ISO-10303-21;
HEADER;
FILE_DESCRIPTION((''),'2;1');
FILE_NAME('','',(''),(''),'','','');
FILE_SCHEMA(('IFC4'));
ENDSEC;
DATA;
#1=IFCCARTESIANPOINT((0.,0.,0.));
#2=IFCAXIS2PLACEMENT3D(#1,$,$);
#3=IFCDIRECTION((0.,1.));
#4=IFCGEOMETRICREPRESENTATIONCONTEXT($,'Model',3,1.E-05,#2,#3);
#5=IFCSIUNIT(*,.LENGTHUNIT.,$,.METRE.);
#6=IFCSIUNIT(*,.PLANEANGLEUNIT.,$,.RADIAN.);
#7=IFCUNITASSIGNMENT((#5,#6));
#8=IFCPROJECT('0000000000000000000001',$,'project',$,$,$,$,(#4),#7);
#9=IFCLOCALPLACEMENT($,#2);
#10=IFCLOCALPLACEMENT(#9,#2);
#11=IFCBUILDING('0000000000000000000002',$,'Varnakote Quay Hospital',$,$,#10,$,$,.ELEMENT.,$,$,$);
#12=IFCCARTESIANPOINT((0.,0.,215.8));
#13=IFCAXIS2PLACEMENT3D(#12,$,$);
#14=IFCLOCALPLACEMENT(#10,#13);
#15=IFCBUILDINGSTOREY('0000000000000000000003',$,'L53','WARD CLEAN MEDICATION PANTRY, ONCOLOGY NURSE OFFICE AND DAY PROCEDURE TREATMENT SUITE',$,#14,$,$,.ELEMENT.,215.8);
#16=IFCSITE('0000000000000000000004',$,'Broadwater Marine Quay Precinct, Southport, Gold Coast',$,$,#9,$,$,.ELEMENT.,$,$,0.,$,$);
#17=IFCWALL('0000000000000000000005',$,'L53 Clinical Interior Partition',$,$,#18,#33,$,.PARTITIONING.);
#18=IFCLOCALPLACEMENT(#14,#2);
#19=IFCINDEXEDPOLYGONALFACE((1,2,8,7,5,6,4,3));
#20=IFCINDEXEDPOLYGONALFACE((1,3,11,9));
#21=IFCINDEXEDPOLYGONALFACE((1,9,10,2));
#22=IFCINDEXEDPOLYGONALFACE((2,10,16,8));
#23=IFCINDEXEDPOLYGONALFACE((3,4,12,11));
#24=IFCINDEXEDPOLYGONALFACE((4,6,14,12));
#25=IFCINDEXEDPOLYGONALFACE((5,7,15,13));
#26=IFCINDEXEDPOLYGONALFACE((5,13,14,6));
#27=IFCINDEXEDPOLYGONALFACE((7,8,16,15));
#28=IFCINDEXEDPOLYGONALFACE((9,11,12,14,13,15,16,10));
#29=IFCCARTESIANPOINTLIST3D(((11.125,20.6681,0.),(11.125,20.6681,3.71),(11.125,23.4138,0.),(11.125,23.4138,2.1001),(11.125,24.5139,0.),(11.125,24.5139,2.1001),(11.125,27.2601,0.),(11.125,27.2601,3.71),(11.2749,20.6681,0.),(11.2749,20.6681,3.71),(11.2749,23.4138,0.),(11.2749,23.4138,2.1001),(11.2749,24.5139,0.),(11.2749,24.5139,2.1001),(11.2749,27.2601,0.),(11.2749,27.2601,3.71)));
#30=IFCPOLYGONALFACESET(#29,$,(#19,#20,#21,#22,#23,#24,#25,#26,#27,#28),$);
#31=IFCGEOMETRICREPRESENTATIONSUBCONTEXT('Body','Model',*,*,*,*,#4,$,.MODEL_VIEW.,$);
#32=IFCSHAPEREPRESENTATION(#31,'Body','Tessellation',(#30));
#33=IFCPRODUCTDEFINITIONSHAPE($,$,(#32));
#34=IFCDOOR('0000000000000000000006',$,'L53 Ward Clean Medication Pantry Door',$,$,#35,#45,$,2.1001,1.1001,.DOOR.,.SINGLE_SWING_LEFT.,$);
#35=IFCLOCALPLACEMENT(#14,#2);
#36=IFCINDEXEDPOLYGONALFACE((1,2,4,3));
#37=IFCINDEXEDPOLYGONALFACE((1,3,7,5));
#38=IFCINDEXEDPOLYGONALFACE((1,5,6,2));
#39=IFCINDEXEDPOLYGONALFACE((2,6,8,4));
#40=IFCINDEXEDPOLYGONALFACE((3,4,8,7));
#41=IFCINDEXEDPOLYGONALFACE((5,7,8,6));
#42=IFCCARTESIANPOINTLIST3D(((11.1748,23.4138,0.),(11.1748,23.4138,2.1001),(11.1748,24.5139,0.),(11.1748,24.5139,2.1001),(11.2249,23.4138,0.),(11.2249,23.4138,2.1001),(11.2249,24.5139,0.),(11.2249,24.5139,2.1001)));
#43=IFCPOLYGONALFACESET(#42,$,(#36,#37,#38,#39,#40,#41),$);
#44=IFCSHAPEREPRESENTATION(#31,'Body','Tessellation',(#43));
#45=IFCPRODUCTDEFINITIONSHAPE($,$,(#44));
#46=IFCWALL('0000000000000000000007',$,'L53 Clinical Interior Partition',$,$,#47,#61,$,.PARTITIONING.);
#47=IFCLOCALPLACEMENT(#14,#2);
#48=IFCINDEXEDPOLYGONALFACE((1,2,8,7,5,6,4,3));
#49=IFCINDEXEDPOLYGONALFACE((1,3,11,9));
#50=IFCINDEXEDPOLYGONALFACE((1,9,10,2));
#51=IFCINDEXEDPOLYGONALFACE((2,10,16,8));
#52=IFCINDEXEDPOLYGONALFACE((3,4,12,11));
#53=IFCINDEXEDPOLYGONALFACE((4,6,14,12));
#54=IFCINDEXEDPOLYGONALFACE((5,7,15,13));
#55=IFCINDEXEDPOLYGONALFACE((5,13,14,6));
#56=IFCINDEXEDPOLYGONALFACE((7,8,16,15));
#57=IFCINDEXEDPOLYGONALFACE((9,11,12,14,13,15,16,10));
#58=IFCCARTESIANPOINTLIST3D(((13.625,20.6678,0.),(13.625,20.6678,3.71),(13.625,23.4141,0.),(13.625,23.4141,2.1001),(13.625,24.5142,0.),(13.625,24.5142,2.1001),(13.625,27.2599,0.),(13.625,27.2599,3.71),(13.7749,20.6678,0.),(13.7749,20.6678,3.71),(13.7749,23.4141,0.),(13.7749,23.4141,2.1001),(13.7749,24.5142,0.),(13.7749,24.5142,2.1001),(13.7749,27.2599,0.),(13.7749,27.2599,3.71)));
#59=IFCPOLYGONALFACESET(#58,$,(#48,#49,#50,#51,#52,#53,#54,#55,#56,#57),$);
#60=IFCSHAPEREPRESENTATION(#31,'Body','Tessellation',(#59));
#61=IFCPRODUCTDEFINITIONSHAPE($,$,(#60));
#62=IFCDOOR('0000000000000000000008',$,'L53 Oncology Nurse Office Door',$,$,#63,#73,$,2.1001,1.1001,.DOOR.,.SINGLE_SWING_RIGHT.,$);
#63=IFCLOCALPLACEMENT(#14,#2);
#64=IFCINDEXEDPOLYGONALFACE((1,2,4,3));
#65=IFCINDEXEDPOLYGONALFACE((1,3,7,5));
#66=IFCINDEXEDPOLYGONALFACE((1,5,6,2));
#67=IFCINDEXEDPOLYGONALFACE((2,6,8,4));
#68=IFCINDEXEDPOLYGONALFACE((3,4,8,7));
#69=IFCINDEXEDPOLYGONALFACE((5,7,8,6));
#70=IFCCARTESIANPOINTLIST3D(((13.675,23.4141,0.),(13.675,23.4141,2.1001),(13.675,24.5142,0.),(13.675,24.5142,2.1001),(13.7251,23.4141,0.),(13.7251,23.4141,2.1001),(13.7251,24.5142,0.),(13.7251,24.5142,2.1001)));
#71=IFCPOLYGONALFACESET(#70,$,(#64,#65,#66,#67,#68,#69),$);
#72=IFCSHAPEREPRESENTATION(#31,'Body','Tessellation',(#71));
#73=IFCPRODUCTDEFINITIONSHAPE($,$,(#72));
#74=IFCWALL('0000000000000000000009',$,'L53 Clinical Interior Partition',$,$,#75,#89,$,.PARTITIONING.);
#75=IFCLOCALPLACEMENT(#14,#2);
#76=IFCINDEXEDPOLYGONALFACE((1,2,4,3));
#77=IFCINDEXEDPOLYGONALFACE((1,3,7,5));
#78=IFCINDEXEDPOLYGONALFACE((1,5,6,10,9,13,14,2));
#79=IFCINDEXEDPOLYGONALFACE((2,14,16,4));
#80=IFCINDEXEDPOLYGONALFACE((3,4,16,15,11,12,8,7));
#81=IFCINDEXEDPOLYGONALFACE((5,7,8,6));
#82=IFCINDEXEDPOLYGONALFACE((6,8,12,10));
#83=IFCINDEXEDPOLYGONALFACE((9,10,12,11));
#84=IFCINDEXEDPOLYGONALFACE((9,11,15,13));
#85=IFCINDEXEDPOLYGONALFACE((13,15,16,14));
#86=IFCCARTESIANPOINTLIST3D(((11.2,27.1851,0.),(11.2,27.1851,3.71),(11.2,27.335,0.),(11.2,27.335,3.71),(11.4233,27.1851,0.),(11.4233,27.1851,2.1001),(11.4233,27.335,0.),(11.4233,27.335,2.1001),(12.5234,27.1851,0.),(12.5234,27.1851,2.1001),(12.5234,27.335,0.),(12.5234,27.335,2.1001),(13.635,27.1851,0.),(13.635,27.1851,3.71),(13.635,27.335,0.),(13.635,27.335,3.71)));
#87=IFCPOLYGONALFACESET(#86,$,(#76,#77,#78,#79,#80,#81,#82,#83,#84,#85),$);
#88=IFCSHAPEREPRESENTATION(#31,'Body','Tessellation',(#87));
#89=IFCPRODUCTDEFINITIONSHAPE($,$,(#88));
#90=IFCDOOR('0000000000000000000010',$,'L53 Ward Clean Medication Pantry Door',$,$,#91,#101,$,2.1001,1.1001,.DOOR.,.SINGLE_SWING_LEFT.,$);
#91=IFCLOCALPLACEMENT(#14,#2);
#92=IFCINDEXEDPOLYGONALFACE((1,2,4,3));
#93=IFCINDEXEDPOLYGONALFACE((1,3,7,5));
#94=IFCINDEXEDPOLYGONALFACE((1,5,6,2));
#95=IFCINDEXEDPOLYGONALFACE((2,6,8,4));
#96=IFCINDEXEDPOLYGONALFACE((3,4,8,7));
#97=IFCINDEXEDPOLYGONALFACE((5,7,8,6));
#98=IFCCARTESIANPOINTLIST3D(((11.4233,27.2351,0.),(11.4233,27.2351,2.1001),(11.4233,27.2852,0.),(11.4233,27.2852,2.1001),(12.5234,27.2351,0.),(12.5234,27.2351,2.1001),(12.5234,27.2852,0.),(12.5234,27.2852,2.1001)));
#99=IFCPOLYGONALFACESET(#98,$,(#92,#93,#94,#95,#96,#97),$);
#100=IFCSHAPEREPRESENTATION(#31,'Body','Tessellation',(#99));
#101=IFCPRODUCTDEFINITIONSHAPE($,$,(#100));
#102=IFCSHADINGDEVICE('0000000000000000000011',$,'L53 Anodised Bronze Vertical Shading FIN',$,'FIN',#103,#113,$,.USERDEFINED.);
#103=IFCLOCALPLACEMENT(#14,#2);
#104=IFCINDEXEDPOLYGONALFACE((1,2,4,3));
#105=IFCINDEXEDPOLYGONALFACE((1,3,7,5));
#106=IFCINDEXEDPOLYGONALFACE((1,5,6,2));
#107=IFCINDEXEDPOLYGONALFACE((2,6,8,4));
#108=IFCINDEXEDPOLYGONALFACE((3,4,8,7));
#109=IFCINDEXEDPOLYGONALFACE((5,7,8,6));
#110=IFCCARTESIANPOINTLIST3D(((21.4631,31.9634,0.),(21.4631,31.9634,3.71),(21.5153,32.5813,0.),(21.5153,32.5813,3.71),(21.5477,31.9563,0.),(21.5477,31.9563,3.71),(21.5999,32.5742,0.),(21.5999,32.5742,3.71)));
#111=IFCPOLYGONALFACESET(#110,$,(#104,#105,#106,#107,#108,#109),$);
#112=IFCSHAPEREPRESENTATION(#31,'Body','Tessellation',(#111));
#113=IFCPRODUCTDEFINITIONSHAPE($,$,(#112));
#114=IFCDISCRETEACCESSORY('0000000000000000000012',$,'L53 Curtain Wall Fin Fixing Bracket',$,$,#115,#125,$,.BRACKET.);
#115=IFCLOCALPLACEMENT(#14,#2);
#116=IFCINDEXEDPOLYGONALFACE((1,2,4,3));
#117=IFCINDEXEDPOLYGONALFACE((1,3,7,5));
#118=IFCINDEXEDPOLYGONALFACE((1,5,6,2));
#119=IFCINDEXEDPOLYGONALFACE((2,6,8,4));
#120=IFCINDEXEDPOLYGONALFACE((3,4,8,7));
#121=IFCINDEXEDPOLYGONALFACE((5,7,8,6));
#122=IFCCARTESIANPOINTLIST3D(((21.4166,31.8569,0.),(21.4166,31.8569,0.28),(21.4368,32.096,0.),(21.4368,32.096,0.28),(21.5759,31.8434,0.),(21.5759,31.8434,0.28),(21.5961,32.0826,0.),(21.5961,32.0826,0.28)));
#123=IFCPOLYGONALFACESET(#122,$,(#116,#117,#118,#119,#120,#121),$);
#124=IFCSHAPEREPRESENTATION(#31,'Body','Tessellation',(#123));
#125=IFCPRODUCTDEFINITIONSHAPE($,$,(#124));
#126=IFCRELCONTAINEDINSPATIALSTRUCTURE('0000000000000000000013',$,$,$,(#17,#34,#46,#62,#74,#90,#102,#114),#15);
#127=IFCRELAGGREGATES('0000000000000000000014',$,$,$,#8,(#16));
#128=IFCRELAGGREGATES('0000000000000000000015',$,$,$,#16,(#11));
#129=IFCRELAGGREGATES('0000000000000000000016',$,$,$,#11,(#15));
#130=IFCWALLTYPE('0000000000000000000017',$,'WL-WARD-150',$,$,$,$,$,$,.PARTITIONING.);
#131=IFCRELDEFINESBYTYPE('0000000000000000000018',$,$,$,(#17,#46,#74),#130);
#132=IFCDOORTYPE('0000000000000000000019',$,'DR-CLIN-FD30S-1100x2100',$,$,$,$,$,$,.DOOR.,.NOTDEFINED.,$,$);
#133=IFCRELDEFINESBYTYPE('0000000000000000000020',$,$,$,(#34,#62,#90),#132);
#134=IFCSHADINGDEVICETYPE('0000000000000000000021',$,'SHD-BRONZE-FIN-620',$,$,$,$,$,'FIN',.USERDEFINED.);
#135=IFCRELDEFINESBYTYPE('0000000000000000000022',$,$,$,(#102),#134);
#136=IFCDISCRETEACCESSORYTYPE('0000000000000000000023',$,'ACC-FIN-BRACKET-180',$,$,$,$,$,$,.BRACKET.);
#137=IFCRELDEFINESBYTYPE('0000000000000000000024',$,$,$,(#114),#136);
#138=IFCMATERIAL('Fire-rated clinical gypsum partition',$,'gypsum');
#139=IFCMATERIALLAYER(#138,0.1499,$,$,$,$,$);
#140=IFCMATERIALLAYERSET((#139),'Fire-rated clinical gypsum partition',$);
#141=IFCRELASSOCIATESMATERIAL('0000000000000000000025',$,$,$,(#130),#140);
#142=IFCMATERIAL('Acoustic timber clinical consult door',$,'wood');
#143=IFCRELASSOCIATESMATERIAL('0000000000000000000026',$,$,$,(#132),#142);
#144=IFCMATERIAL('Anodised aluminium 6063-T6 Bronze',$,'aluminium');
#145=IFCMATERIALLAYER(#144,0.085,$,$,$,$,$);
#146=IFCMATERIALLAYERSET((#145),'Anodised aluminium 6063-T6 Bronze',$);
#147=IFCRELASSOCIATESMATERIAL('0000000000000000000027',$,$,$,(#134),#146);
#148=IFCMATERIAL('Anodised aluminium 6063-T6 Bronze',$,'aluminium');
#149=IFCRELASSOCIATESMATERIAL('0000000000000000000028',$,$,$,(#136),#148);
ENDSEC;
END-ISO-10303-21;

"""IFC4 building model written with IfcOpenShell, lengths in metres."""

from ifc_helpers import new_model, si_unit, direction, frame, frame_2d, origin, origin_2d, place, context, subcontext, project, spatial, rectangle, extrude, material, layer, layer_set, type_object, element, fill, save


model = new_model("IFC4")

# Units and contexts
model_context = context("Model", 3, precision=1e-05, world=origin(), true_north=direction((0.0, 1.0)))
body_context = subcontext(model_context, "Body", "Model", "MODEL_VIEW")
ifc_project = project(units=[si_unit("LENGTHUNIT", "METRE"), si_unit("PLANEANGLEUNIT", "RADIAN")], contexts=[model_context])

# Site, building, storey
site_placement = place(None, origin())
site = spatial("IfcSite", under=ifc_project, at=site_placement, Name="Broadwater Marine Quay Precinct, Southport, Gold Coast", CompositionType="ELEMENT", RefElevation=0.0)
building_placement = place(site_placement, origin())
building = spatial("IfcBuilding", under=site, at=building_placement, Name="Varnakote Quay Hospital", CompositionType="ELEMENT")
storey_placement = place(building_placement, frame((0.0, 0.0, 215.8)))
storey = spatial("IfcBuildingStorey", under=building, at=storey_placement, Name="L53", Description="WARD CLEAN MEDICATION PANTRY, ONCOLOGY NURSE OFFICE AND DAY PROCEDURE TREATMENT SUITE", CompositionType="ELEMENT", Elevation=215.8)

# Walls, openings, doors
ifc_material_1 = material(Name="Fire-rated clinical gypsum partition", Category="gypsum")
ifc_layer_1 = layer(ifc_material_1, 0.1499)
ifc_layer_set_1 = layer_set([ifc_layer_1], Name="Fire-rated clinical gypsum partition")
wall_type_1 = type_object("IfcWallType", Name="WL-WARD-150", PredefinedType="PARTITIONING", material=ifc_layer_set_1)
wall_1_placement = place(storey_placement, frame((11.2, 27.26, 0.0), z_axis=(0.0, 0.0, 1.0), x_axis=(0.0, -1.0, 0.0)))
wall_1 = element("IfcWall", 1, at=wall_1_placement, inside=storey, type_object=wall_type_1, Name="L53 Clinical Interior Partition", PredefinedType="PARTITIONING", context=body_context, shape_type="SweptSolid", body=[
    extrude(rectangle(XDim=6.592, YDim=0.1499, at=frame_2d((3.2959, 0.0))), origin(), (0.0, 0.0, 1.0), 3.71),
])
opening_1_placement = place(wall_1_placement, frame((2.7461, 0.0, 0.0)))
opening_1 = element("IfcOpeningElement", 2, at=opening_1_placement, cuts=wall_1, PredefinedType="OPENING", context=body_context, shape_type="SweptSolid", body=[
    extrude(rectangle(XDim=1.1001, YDim=2.1001, at=frame_2d((0.55, 1.05))), frame((0.0, 0.085, 0.0), z_axis=(0.0, -1.0, 0.0), x_axis=(1.0, 0.0, 0.0)), (0.0, 0.0, 1.0), 0.1699),
])
ifc_material_2 = material(Name="Acoustic timber clinical consult door", Category="wood")
door_type = type_object("IfcDoorType", Name="DR-CLIN-FD30S-1100x2100", OperationType="NOTDEFINED", PredefinedType="DOOR", material=ifc_material_2)
door_1_placement = place(opening_1_placement, origin())
door_1 = element("IfcDoor", 3, at=door_1_placement, inside=storey, type_object=door_type, Name="L53 Ward Clean Medication Pantry Door", OperationType="SINGLE_SWING_LEFT", OverallHeight=2.1001, OverallWidth=1.1001, PredefinedType="DOOR", context=body_context, shape_type="SweptSolid", body=[
    extrude(rectangle(XDim=1.1001, YDim=2.1001, at=frame_2d((0.55, 1.05))), frame((0.0, 0.0249, 0.0), z_axis=(0.0, -1.0, 0.0), x_axis=(1.0, 0.0, 0.0)), (0.0, 0.0, 1.0), 0.05),
])
fill(opening_1, door_1)
wall_2_placement = place(storey_placement, frame((13.7, 20.668, 0.0), z_axis=(0.0, 0.0, 1.0), x_axis=(0.0, 1.0, 0.0)))
wall_2 = element("IfcWall", 4, at=wall_2_placement, inside=storey, type_object=wall_type_1, Name="L53 Clinical Interior Partition", PredefinedType="PARTITIONING", context=body_context, shape_type="SweptSolid", body=[
    extrude(rectangle(XDim=6.592, YDim=0.1499, at=frame_2d((3.2959, 0.0))), origin(), (0.0, 0.0, 1.0), 3.71),
])
opening_2_placement = place(wall_2_placement, frame((2.7461, 0.0, 0.0)))
opening_2 = element("IfcOpeningElement", 5, at=opening_2_placement, cuts=wall_2, PredefinedType="OPENING", context=body_context, shape_type="SweptSolid", body=[
    extrude(rectangle(XDim=1.1001, YDim=2.1001, at=frame_2d((0.55, 1.05))), frame((0.0, 0.085, 0.0), z_axis=(0.0, -1.0, 0.0), x_axis=(1.0, 0.0, 0.0)), (0.0, 0.0, 1.0), 0.1699),
])
door_2_placement = place(opening_2_placement, origin())
door_2 = element("IfcDoor", 6, at=door_2_placement, inside=storey, type_object=door_type, Name="L53 Oncology Nurse Office Door", OperationType="SINGLE_SWING_RIGHT", OverallHeight=2.1001, OverallWidth=1.1001, PredefinedType="DOOR", context=body_context, shape_type="SweptSolid", body=[
    extrude(rectangle(XDim=1.1001, YDim=2.1001, at=frame_2d((0.55, 1.05))), frame((0.0, 0.0249, 0.0), z_axis=(0.0, -1.0, 0.0), x_axis=(1.0, 0.0, 0.0)), (0.0, 0.0, 1.0), 0.05),
])
fill(opening_2, door_2)
wall_3_placement = place(storey_placement, frame((13.635, 27.26, 0.0), z_axis=(0.0, 0.0, 1.0), x_axis=(-1.0, 0.0, 0.0)))
wall_3 = element("IfcWall", 7, at=wall_3_placement, inside=storey, type_object=wall_type_1, Name="L53 Clinical Interior Partition", PredefinedType="PARTITIONING", context=body_context, shape_type="SweptSolid", body=[
    extrude(rectangle(XDim=2.4351, YDim=0.1499, at=frame_2d((1.2175, 0.0))), origin(), (0.0, 0.0, 1.0), 3.71),
])
opening_3_placement = place(wall_3_placement, frame((1.1116, 0.0, 0.0)))
opening_3 = element("IfcOpeningElement", 8, at=opening_3_placement, cuts=wall_3, PredefinedType="OPENING", context=body_context, shape_type="SweptSolid", body=[
    extrude(rectangle(XDim=1.1001, YDim=2.1001, at=frame_2d((0.55, 1.05))), frame((0.0, 0.085, 0.0), z_axis=(0.0, -1.0, 0.0), x_axis=(1.0, 0.0, 0.0)), (0.0, 0.0, 1.0), 0.1699),
])
door_3_placement = place(opening_3_placement, origin())
door_3 = element("IfcDoor", 9, at=door_3_placement, inside=storey, type_object=door_type, Name="L53 Ward Clean Medication Pantry Door", OperationType="SINGLE_SWING_LEFT", OverallHeight=2.1001, OverallWidth=1.1001, PredefinedType="DOOR", context=body_context, shape_type="SweptSolid", body=[
    extrude(rectangle(XDim=1.1001, YDim=2.1001, at=frame_2d((0.55, 1.05))), frame((0.0, 0.0249, 0.0), z_axis=(0.0, -1.0, 0.0), x_axis=(1.0, 0.0, 0.0)), (0.0, 0.0, 1.0), 0.05),
])
fill(opening_3, door_3)

# Shading device
ifc_material_3 = material(Name="Anodised aluminium 6063-T6 Bronze", Category="aluminium")
ifc_layer_2 = layer(ifc_material_3, 0.085)
ifc_layer_set_2 = layer_set([ifc_layer_2], Name="Anodised aluminium 6063-T6 Bronze")
shading_device_type = type_object("IfcShadingDeviceType", Name="SHD-BRONZE-FIN-620", ElementType="FIN", PredefinedType="USERDEFINED", material=ifc_layer_set_2)
shading_device_placement = place(storey_placement, frame((21.5315, 32.2688, 0.0), z_axis=(0.0, 0.0, 1.0), x_axis=(-0.0842, -0.996449, 0.0)))
element("IfcShadingDevice", 10, at=shading_device_placement, inside=storey, type_object=shading_device_type, Name="L53 Anodised Bronze Vertical Shading FIN", ObjectType="FIN", PredefinedType="USERDEFINED", context=body_context, shape_type="SweptSolid", body=[
    extrude(rectangle(XDim=0.6201, YDim=0.085, at=origin_2d()), origin(), (0.0, 0.0, 1.0), 3.71),
])

# Discrete accessory
ifc_material_4 = material(Name="Anodised aluminium 6063-T6 Bronze", Category="aluminium")
discrete_accessory_type = type_object("IfcDiscreteAccessoryType", Name="ACC-FIN-BRACKET-180", PredefinedType="BRACKET", material=ifc_material_4)
discrete_accessory_placement = place(storey_placement, frame((21.5063, 31.9697, 0.0), z_axis=(0.0, 0.0, 1.0), x_axis=(-0.996449, 0.0842, 0.0)))
element("IfcDiscreteAccessory", 11, at=discrete_accessory_placement, inside=storey, type_object=discrete_accessory_type, Name="L53 Curtain Wall Fin Fixing Bracket", PredefinedType="BRACKET", context=body_context, shape_type="SweptSolid", body=[
    extrude(rectangle(XDim=0.1599, YDim=0.24, at=origin_2d()), origin(), (0.0, 0.0, 1.0), 0.28),
])

save(model, "model.ifc")
